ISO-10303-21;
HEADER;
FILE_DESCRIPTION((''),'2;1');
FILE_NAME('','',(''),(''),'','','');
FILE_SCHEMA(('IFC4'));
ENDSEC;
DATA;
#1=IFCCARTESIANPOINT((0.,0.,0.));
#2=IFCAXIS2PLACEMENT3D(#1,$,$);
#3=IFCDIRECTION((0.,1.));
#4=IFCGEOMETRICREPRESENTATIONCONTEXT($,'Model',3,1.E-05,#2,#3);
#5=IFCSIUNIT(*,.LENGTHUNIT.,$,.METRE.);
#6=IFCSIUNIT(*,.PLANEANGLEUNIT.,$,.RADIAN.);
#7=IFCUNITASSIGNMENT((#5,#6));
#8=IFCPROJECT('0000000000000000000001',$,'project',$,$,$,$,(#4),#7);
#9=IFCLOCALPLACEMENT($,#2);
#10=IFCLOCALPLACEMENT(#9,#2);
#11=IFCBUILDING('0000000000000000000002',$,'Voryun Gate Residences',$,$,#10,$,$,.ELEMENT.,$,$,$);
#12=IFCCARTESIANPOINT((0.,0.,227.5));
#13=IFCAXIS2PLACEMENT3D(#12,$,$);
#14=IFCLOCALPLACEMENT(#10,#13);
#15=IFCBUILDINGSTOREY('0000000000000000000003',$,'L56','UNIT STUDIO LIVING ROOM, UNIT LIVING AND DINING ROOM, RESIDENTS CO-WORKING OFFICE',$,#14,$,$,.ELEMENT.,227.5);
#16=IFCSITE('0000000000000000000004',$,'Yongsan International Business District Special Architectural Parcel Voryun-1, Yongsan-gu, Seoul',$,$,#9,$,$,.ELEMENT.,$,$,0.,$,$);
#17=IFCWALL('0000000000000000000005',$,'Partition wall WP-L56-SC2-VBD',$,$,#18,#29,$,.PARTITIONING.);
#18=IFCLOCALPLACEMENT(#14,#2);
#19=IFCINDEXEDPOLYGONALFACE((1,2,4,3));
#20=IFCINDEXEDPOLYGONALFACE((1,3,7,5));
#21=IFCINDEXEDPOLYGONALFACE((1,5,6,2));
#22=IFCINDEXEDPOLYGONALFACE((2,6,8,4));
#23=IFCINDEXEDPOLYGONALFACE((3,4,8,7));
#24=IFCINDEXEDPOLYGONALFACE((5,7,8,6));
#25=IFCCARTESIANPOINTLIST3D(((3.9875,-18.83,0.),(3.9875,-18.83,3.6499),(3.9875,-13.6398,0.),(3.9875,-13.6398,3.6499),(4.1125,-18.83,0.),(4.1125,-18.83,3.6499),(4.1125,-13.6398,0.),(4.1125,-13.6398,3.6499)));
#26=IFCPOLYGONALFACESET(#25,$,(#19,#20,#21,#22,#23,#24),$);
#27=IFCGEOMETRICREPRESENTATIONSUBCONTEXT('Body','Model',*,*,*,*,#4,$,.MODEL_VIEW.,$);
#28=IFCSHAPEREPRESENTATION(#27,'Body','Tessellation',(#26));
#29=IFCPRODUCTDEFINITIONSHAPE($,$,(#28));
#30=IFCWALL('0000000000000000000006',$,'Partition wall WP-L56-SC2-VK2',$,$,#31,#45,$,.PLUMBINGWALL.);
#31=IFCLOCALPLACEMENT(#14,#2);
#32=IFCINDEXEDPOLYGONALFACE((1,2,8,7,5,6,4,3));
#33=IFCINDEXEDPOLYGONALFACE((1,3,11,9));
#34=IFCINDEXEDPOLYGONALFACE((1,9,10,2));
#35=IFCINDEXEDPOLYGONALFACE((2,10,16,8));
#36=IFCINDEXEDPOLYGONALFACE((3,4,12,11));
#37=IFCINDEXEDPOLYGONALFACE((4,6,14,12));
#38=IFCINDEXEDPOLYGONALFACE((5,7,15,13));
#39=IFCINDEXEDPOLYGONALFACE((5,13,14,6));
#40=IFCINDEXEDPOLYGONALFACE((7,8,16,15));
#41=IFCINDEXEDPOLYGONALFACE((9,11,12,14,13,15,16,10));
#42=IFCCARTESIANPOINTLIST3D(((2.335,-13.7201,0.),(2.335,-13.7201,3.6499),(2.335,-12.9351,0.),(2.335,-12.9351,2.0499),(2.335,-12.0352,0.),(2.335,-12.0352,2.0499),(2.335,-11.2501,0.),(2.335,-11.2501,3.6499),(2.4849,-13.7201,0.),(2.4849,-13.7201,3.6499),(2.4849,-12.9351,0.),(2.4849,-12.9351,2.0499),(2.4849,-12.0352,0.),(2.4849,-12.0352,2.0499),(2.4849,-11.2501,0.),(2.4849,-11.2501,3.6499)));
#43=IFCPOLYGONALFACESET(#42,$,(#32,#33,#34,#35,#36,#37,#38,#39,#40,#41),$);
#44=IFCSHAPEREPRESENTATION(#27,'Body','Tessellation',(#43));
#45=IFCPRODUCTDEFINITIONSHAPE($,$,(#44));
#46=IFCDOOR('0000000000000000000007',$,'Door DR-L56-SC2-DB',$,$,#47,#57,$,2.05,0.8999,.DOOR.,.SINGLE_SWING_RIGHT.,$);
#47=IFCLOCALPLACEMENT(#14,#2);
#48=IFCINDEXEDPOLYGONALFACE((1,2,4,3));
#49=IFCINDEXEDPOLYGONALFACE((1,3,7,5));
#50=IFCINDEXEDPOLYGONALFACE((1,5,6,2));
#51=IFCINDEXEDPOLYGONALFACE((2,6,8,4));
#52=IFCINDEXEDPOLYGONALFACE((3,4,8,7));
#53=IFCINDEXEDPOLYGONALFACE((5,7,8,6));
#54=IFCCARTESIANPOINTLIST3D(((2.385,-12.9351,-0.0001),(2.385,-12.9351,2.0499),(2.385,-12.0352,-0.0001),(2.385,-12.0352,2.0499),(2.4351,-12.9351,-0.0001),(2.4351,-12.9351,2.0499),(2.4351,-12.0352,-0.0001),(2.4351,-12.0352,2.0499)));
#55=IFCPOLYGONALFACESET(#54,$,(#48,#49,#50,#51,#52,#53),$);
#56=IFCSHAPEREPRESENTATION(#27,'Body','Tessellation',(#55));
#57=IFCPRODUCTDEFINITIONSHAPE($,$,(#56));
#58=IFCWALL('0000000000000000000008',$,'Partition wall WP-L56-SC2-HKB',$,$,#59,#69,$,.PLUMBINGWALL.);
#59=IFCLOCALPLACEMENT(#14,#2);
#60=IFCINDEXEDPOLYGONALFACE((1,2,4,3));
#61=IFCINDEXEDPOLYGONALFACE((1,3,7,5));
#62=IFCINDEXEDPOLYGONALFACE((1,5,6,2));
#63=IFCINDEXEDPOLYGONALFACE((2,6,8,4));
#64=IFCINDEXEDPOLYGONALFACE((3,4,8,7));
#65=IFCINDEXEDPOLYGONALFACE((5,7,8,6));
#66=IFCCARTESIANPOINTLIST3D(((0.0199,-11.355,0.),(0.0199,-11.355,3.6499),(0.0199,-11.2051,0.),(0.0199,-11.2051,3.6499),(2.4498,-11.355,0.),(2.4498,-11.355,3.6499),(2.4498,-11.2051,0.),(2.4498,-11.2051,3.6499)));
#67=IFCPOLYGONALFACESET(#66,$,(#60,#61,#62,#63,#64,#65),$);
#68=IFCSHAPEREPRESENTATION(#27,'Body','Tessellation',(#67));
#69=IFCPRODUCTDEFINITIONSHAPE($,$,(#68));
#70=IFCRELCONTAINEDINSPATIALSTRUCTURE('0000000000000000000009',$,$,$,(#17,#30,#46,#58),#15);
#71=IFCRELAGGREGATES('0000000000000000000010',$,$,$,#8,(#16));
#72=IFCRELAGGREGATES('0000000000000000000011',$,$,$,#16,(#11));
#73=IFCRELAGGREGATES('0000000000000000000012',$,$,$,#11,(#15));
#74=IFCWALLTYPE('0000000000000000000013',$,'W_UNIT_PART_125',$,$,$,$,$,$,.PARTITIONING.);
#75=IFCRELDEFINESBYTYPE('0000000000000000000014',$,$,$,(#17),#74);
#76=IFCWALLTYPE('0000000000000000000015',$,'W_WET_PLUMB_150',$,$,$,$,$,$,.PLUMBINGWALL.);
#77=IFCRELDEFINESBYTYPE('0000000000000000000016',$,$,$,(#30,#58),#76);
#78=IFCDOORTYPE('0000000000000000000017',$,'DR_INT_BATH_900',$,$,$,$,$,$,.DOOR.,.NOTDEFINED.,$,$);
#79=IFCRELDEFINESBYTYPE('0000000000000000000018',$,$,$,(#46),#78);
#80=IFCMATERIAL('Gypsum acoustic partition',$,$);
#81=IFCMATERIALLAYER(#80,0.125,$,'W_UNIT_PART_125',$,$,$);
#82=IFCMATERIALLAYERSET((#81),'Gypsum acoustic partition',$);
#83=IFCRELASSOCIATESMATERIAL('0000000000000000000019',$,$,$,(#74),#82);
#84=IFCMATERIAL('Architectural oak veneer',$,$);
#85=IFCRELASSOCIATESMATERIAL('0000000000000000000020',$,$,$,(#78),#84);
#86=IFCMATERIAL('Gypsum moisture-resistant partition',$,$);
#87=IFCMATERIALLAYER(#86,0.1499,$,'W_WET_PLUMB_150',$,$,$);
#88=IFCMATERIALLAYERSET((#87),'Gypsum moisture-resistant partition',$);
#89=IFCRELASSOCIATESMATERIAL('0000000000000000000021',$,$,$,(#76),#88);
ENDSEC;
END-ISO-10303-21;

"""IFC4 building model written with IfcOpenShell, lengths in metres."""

from ifc_helpers import new_model, si_unit, direction, frame, frame_2d, origin, place, context, subcontext, project, spatial, rectangle, extrude, material, layer, layer_set, type_object, element, fill, save


model = new_model("IFC4")

# Units and contexts
model_context = context("Model", 3, precision=1e-05, world=origin(), true_north=direction((0.0, 1.0)))
body_context = subcontext(model_context, "Body", "Model", "MODEL_VIEW")
ifc_project = project(units=[si_unit("LENGTHUNIT", "METRE"), si_unit("PLANEANGLEUNIT", "RADIAN")], contexts=[model_context])

# Site, building, storey
site_placement = place(None, origin())
site = spatial("IfcSite", under=ifc_project, at=site_placement, Name="Yongsan International Business District Special Architectural Parcel Voryun-1, Yongsan-gu, Seoul", CompositionType="ELEMENT", RefElevation=0.0)
building_placement = place(site_placement, origin())
building = spatial("IfcBuilding", under=site, at=building_placement, Name="Voryun Gate Residences", CompositionType="ELEMENT")
storey_placement = place(building_placement, frame((0.0, 0.0, 227.5)))
storey = spatial("IfcBuildingStorey", under=building, at=storey_placement, Name="L56", Description="UNIT STUDIO LIVING ROOM, UNIT LIVING AND DINING ROOM, RESIDENTS CO-WORKING OFFICE", CompositionType="ELEMENT", Elevation=227.5)

# Shared definitions
ifc_material_1 = material(Name="Gypsum acoustic partition")
ifc_layer_1 = layer(ifc_material_1, 0.125, Name="W_UNIT_PART_125")
ifc_layer_set_1 = layer_set([ifc_layer_1], Name="Gypsum acoustic partition")
wall_type_1 = type_object("IfcWallType", Name="W_UNIT_PART_125", PredefinedType="PARTITIONING", material=ifc_layer_set_1)

# Shared definitions
ifc_material_2 = material(Name="Architectural oak veneer")
door_type = type_object("IfcDoorType", Name="DR_INT_BATH_900", OperationType="NOTDEFINED", PredefinedType="DOOR", material=ifc_material_2)

# Wall
wall_1_placement = place(storey_placement, frame((4.05, -18.8301, 0.0), z_axis=(0.0, 0.0, 1.0), x_axis=(0.0, 1.0, 0.0)))
element("IfcWall", 1, at=wall_1_placement, inside=storey, type_object=wall_type_1, Name="Partition wall WP-L56-SC2-VBD", PredefinedType="PARTITIONING", context=body_context, shape_type="SweptSolid", body=[
    extrude(rectangle(XDim=5.1902, YDim=0.125, at=frame_2d((2.5952, 0.0))), origin(), (0.0, 0.0, 1.0), 3.6499),
])

# Wall, opening, door
ifc_material_3 = material(Name="Gypsum moisture-resistant partition")
ifc_layer_2 = layer(ifc_material_3, 0.1499, Name="W_WET_PLUMB_150")
ifc_layer_set_2 = layer_set([ifc_layer_2], Name="Gypsum moisture-resistant partition")
wall_type_2 = type_object("IfcWallType", Name="W_WET_PLUMB_150", PredefinedType="PLUMBINGWALL", material=ifc_layer_set_2)
wall_2_placement = place(storey_placement, frame((2.4099, -13.72, 0.0), z_axis=(0.0, 0.0, 1.0), x_axis=(0.0, 1.0, 0.0)))
wall_2 = element("IfcWall", 2, at=wall_2_placement, inside=storey, type_object=wall_type_2, Name="Partition wall WP-L56-SC2-VK2", PredefinedType="PLUMBINGWALL", context=body_context, shape_type="SweptSolid", body=[
    extrude(rectangle(XDim=2.47, YDim=0.1499, at=frame_2d((1.2349, 0.0))), origin(), (0.0, 0.0, 1.0), 3.6499),
])
opening_1_placement = place(wall_2_placement, frame((0.7849, 0.0, 0.0)))
opening_1 = element("IfcOpeningElement", 3, at=opening_1_placement, cuts=wall_2, PredefinedType="OPENING", context=body_context, shape_type="SweptSolid", body=[
    extrude(rectangle(XDim=0.8999, YDim=2.05, at=frame_2d((0.45, 1.0249))), frame((0.0, 0.085, 0.0), z_axis=(0.0, -1.0, 0.0), x_axis=(1.0, 0.0, 0.0)), (0.0, 0.0, 1.0), 0.1699),
])
door_1_placement = place(opening_1_placement, origin())
door_1 = element("IfcDoor", 4, at=door_1_placement, inside=storey, type_object=door_type, Name="Door DR-L56-SC2-DB", OperationType="SINGLE_SWING_RIGHT", OverallHeight=2.05, OverallWidth=0.8999, PredefinedType="DOOR", context=body_context, shape_type="SweptSolid", body=[
    extrude(rectangle(XDim=0.8999, YDim=2.05, at=frame_2d((0.45, 1.0249))), frame((0.0, 0.0249, 0.0), z_axis=(0.0, -1.0, 0.0), x_axis=(1.0, 0.0, 0.0)), (0.0, 0.0, 1.0), 0.05),
])
fill(opening_1, door_1)

# Wall
wall_3_placement = place(storey_placement, frame((0.02, -11.28, 0.0), z_axis=(0.0, 0.0, 1.0), x_axis=(1.0, 0.0, 0.0)))
element("IfcWall", 5, at=wall_3_placement, inside=storey, type_object=wall_type_2, Name="Partition wall WP-L56-SC2-HKB", PredefinedType="PLUMBINGWALL", context=body_context, shape_type="SweptSolid", body=[
    extrude(rectangle(XDim=2.4299, YDim=0.1499, at=frame_2d((1.2148, 0.0))), origin(), (0.0, 0.0, 1.0), 3.6499),
])

save(model, "model.ifc")
